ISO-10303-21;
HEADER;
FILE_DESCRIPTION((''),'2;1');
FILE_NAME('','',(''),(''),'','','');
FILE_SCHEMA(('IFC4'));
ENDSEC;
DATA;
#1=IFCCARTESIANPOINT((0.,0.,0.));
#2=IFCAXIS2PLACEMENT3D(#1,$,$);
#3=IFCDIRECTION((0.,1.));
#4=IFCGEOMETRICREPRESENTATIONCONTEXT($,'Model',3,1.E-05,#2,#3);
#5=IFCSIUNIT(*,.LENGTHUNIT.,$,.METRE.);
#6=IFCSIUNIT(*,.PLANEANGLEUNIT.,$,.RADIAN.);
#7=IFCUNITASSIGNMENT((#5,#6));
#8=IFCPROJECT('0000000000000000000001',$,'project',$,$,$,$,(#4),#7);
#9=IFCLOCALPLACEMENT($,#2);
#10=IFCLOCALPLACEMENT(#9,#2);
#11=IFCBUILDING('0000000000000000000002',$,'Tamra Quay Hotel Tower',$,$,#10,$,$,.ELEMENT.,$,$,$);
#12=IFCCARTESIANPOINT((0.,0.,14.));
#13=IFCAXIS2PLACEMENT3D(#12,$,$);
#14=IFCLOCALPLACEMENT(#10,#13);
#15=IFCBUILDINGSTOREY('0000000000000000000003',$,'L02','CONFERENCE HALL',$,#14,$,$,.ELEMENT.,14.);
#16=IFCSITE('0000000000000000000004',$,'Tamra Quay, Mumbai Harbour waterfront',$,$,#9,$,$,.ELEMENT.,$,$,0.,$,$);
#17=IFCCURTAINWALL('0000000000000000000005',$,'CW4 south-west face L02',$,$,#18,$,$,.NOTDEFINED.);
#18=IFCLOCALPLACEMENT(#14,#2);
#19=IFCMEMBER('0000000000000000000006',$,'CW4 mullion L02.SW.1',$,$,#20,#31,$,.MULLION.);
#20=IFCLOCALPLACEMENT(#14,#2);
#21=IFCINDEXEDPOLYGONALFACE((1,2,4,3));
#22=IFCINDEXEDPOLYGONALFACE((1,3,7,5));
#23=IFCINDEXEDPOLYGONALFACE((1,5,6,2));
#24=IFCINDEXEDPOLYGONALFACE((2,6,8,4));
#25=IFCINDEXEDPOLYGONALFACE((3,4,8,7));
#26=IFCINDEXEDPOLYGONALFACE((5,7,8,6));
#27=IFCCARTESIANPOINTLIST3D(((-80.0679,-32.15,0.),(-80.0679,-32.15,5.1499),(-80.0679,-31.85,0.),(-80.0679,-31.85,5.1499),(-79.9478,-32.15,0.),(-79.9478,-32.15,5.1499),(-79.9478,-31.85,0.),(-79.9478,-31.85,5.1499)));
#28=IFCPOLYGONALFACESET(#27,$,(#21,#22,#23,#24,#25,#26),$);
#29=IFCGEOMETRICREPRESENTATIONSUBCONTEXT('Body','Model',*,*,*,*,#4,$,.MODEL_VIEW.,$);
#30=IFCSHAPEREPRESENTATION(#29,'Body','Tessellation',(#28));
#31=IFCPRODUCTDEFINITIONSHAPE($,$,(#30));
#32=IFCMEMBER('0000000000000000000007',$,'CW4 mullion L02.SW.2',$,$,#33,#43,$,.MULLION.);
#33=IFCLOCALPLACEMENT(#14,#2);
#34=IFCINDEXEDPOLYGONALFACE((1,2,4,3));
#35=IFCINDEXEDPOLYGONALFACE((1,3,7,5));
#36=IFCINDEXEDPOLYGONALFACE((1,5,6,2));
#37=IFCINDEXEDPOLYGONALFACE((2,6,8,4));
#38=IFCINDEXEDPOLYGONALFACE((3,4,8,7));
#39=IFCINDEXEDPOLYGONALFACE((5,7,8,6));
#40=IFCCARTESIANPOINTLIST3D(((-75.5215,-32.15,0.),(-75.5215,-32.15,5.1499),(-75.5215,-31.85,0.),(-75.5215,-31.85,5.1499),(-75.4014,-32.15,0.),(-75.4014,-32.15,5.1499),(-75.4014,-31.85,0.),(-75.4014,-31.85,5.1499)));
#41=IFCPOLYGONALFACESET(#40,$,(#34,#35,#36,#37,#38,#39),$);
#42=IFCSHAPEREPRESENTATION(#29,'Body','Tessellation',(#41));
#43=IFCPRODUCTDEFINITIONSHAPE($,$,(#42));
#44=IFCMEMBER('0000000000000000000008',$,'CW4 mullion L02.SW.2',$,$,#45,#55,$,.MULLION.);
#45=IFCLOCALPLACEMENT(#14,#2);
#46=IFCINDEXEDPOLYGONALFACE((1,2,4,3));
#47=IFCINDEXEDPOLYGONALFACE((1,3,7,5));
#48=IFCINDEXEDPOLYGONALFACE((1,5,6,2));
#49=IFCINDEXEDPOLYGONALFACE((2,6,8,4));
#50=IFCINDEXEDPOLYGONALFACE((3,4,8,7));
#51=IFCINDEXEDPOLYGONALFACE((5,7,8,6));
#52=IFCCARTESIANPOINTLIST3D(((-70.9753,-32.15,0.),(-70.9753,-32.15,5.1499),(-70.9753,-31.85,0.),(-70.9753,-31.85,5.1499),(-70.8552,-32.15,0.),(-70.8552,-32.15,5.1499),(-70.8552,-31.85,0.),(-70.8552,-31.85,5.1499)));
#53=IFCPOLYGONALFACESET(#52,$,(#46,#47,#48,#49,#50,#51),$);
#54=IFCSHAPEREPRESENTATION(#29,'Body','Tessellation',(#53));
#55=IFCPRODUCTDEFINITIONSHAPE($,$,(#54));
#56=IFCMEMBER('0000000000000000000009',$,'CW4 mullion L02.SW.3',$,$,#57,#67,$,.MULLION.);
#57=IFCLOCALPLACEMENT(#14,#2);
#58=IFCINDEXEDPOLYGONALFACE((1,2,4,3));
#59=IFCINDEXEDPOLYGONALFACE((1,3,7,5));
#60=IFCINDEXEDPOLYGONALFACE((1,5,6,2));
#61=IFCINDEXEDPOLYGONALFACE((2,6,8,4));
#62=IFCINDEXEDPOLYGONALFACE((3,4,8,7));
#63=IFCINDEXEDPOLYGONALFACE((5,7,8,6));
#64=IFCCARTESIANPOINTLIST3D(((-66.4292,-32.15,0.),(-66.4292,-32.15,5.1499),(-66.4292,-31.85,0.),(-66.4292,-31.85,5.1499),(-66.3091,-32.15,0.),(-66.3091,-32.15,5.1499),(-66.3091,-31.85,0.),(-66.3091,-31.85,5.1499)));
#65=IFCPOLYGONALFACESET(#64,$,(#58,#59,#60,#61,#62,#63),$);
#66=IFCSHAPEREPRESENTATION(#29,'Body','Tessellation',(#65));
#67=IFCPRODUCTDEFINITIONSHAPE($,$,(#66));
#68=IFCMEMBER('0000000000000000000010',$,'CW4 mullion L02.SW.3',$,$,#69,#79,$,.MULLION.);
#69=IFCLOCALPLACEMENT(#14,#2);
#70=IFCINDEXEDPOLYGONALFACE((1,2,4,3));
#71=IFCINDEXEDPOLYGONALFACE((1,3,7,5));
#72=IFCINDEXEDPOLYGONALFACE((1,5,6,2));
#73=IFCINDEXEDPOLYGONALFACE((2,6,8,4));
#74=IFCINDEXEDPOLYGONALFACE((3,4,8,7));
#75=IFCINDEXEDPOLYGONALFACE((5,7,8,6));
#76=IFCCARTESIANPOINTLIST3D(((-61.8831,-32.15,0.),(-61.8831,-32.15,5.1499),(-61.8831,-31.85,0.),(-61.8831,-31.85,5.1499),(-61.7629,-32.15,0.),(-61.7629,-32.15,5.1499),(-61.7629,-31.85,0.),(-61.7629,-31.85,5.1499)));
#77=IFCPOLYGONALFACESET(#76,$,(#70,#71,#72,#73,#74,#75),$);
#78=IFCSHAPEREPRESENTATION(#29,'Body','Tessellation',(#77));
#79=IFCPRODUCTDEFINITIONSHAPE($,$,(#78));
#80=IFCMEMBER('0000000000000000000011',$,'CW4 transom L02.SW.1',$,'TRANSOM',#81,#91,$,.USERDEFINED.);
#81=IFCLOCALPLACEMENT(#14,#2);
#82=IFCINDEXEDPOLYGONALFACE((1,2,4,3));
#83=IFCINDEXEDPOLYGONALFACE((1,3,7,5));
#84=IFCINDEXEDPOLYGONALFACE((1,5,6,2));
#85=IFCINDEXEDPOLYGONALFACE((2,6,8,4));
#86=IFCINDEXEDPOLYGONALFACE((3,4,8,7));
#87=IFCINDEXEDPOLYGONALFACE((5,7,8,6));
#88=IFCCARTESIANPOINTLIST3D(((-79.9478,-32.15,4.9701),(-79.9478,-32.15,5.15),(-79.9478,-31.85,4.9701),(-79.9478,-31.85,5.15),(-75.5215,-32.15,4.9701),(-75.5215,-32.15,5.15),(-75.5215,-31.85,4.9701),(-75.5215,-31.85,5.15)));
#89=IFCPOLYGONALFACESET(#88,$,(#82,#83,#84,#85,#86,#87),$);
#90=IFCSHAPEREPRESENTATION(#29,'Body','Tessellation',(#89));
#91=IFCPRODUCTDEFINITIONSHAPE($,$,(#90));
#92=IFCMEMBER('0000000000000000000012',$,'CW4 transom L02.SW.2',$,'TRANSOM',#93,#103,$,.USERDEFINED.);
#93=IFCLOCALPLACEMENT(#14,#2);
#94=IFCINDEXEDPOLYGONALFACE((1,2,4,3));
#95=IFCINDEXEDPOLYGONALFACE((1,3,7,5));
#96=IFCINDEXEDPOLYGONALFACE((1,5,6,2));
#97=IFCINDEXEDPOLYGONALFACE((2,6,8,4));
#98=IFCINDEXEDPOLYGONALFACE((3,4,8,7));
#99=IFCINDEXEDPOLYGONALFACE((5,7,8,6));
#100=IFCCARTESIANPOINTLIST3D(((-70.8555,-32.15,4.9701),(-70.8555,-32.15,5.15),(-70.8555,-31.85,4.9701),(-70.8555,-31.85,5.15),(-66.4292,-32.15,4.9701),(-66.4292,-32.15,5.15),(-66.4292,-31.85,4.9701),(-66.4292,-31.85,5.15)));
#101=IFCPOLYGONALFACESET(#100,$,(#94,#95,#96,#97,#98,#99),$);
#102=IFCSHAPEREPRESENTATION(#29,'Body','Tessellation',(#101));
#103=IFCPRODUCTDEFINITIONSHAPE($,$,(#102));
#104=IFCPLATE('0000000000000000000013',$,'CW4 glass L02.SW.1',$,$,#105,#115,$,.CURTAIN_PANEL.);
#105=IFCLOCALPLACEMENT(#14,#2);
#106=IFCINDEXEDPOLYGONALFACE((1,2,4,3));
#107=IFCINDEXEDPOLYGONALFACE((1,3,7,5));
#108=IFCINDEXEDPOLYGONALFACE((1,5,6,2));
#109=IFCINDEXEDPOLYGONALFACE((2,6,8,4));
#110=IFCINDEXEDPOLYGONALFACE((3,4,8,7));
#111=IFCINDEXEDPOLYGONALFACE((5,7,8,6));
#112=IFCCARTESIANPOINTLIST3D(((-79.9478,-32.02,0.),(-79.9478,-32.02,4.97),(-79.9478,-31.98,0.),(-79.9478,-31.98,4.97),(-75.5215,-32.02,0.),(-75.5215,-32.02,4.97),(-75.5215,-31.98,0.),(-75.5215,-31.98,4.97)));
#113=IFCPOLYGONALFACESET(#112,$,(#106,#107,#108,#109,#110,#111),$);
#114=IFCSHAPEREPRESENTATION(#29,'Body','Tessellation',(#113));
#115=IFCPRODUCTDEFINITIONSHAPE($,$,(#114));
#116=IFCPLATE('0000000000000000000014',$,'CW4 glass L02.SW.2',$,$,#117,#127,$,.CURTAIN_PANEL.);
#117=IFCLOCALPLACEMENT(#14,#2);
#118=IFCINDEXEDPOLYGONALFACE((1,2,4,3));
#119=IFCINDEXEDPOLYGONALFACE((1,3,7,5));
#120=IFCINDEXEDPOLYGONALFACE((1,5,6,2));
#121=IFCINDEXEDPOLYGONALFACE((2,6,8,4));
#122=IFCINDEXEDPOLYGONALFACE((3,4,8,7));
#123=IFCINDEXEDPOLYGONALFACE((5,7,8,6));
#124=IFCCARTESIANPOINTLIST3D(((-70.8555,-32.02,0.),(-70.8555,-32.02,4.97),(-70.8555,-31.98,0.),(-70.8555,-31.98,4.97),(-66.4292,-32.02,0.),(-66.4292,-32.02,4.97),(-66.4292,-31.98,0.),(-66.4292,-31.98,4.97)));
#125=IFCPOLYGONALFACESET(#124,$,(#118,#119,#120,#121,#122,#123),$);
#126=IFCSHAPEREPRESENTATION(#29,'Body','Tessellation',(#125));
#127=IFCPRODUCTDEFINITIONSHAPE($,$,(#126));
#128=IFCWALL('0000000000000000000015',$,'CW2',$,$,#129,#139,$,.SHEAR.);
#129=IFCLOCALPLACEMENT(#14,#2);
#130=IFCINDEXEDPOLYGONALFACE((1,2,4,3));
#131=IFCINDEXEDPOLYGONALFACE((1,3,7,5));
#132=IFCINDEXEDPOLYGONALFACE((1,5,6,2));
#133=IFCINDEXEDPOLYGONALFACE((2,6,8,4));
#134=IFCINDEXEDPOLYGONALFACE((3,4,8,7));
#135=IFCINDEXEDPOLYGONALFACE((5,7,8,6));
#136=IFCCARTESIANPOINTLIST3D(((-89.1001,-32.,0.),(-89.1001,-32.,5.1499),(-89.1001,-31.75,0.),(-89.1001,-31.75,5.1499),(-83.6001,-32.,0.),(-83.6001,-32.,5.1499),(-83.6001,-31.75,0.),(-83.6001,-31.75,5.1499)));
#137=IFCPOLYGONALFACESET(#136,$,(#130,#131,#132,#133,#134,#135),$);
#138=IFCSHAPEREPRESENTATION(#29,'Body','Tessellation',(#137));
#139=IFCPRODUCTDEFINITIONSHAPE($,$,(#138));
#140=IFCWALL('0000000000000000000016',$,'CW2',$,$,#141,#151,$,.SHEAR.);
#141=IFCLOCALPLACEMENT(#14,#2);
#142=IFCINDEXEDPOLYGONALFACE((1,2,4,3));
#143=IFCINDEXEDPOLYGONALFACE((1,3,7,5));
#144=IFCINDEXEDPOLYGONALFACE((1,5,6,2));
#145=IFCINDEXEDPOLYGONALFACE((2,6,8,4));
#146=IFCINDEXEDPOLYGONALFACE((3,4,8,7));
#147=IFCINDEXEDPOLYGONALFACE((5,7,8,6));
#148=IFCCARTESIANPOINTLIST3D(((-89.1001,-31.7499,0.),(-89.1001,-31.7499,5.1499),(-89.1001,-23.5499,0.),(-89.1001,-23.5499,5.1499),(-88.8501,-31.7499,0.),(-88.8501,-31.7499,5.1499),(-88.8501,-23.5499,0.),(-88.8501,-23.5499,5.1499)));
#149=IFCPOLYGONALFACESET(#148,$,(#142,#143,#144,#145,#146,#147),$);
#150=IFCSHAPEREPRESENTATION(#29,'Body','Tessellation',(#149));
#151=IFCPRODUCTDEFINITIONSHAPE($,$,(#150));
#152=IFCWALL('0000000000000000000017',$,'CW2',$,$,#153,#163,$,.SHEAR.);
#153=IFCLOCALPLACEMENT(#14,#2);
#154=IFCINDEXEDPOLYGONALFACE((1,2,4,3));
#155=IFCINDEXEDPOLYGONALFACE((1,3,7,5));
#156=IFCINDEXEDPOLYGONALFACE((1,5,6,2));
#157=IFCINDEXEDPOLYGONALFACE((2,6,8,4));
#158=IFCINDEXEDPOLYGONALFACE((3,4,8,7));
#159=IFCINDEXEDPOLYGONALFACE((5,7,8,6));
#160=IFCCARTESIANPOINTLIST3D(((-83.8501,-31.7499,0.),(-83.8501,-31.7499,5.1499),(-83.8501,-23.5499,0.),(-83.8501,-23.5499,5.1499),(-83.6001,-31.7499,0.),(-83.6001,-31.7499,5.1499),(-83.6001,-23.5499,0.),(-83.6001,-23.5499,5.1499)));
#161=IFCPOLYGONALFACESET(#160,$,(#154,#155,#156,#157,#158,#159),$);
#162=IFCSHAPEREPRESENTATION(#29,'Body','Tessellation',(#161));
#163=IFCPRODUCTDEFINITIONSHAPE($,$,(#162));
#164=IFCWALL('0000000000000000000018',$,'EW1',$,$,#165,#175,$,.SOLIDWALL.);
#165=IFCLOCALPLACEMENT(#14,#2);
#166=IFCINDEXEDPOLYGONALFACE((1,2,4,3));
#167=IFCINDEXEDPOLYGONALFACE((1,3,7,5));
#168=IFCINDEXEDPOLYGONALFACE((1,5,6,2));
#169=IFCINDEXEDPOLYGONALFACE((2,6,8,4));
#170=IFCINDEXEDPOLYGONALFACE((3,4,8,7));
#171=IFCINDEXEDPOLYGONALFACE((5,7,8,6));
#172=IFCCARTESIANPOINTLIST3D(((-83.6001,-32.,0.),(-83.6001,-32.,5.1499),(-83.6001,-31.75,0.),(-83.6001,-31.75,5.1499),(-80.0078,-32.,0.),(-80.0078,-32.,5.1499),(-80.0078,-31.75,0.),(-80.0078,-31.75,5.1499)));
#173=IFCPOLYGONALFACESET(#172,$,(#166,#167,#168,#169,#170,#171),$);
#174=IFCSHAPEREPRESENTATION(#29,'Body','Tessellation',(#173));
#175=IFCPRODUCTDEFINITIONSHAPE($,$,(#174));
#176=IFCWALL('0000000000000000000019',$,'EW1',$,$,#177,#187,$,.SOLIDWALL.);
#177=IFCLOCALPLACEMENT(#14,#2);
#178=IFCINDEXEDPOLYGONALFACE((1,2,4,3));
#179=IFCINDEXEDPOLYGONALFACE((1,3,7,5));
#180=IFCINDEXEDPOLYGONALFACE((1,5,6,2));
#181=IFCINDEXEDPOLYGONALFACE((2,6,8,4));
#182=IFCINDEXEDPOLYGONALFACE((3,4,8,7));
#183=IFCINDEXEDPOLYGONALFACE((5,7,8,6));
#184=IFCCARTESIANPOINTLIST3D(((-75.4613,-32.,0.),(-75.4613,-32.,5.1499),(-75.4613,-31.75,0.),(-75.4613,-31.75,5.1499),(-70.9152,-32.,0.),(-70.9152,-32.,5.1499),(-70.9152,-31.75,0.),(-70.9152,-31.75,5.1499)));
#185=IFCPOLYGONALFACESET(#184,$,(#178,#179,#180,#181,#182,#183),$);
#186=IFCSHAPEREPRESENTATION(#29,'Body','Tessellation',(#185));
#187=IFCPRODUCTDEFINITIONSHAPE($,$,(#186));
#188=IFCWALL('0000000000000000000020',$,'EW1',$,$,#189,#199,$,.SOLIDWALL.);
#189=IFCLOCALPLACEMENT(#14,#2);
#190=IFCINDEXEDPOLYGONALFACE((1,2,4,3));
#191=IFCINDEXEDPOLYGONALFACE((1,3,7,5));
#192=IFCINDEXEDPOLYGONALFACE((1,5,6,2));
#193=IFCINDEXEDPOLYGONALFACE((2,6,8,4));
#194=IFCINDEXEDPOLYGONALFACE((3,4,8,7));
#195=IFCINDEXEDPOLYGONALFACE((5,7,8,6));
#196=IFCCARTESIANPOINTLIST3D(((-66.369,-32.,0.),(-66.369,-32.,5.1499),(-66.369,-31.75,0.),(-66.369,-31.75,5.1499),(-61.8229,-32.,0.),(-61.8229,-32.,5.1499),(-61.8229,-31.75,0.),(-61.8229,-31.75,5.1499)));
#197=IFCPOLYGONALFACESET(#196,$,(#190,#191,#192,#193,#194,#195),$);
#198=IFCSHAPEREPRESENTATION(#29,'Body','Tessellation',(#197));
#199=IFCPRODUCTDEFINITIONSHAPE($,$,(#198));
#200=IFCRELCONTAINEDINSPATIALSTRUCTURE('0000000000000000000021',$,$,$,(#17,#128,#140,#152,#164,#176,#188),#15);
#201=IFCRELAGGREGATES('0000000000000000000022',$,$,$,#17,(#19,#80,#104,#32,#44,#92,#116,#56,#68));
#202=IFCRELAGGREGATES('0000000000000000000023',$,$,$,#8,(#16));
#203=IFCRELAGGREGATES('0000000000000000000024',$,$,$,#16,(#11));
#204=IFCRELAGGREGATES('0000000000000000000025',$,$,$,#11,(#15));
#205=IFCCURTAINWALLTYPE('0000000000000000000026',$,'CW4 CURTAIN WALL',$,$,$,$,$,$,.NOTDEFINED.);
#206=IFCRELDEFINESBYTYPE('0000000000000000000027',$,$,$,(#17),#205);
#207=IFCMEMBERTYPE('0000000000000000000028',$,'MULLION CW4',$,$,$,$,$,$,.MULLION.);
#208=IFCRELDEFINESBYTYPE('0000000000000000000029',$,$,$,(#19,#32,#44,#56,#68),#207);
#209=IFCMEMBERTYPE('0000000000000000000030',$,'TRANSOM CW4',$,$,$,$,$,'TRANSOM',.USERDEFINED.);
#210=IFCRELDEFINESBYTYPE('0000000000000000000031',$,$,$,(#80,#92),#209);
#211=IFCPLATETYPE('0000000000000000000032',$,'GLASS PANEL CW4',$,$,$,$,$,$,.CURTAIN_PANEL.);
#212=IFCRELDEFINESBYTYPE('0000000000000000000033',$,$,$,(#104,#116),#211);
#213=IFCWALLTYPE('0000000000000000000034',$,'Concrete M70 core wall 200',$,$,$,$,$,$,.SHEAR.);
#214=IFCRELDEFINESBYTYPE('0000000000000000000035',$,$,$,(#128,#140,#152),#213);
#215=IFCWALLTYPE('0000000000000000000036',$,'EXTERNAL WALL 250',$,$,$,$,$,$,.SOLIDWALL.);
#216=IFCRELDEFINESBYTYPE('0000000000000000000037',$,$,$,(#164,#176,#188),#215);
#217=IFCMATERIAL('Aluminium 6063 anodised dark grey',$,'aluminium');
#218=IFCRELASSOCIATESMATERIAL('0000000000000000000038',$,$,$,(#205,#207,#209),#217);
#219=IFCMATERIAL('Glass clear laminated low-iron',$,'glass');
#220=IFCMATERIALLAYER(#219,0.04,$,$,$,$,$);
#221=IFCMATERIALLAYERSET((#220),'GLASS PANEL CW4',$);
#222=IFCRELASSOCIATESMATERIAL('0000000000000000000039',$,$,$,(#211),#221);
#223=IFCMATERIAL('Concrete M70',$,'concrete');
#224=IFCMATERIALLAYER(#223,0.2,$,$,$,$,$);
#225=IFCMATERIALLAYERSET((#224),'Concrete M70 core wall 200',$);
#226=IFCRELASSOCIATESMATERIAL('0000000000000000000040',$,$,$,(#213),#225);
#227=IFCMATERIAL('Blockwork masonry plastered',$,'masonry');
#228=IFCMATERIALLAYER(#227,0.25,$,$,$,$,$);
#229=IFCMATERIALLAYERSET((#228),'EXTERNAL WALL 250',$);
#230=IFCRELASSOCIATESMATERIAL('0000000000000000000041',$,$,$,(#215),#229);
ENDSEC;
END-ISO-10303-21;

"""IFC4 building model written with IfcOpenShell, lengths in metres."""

from ifc_helpers import new_model, si_unit, direction, frame, frame_2d, origin, origin_2d, place, context, subcontext, project, spatial, rectangle, extrude, material, layer, layer_set, material_profile, profile_set, type_object, element, aggregate, save


model = new_model("IFC4")

# Units and contexts
model_context = context("Model", 3, precision=1e-05, world=origin(), true_north=direction((0.0, 1.0)))
body_context = subcontext(model_context, "Body", "Model", "MODEL_VIEW")
ifc_project = project(units=[si_unit("LENGTHUNIT", "METRE"), si_unit("PLANEANGLEUNIT", "RADIAN")], contexts=[model_context])

# Site, building, storey
site_placement = place(None, origin())
site = spatial("IfcSite", under=ifc_project, at=site_placement, Name="Tamra Quay, Mumbai Harbour waterfront", CompositionType="ELEMENT", RefElevation=0.0)
building_placement = place(site_placement, origin())
building = spatial("IfcBuilding", under=site, at=building_placement, Name="Tamra Quay Hotel Tower", CompositionType="ELEMENT")
storey_placement = place(building_placement, frame((0.0, 0.0, 14.0)))
storey = spatial("IfcBuildingStorey", under=building, at=storey_placement, Name="L02", Description="CONFERENCE HALL", CompositionType="ELEMENT", Elevation=14.0)

# Curtain wall, members, plates
ifc_material_1 = material(Name="Aluminium 6063 anodised dark grey", Category="aluminium")
curtain_wall_type = type_object("IfcCurtainWallType", Name="CW4 CURTAIN WALL", PredefinedType="NOTDEFINED", material=ifc_material_1)
curtain_wall_placement = place(storey_placement, origin())
curtain_wall = element("IfcCurtainWall", 1, at=curtain_wall_placement, inside=storey, type_object=curtain_wall_type, Name="CW4 south-west face L02", PredefinedType="NOTDEFINED")
ifc_material_profile_1 = material_profile(ifc_material_1, rectangle(XDim=0.3, YDim=0.1201, at=origin_2d()), Name="MULLION 120X300")
ifc_profile_set_1 = profile_set([ifc_material_profile_1], Name="Aluminium 6063 anodised dark grey")
member_type_1 = type_object("IfcMemberType", Name="MULLION CW4", PredefinedType="MULLION", material=ifc_profile_set_1)
member_1_placement = place(storey_placement, frame((-80.0078, -32.0, 0.0), z_axis=(0.0, 0.0, 1.0), x_axis=(0.0, -1.0, 0.0)))
member_1 = element("IfcMember", 2, at=member_1_placement, type_object=member_type_1, Name="CW4 mullion L02.SW.1", PredefinedType="MULLION", context=body_context, shape_type="SweptSolid", body=[
    extrude(rectangle(XDim=0.3, YDim=0.1201, at=origin_2d()), origin(), (0.0, 0.0, 1.0), 5.1499),
])
member_2_placement = place(storey_placement, frame((-75.4614, -32.0, 0.0), z_axis=(0.0, 0.0, 1.0), x_axis=(0.0, -1.0, 0.0)))
member_2 = element("IfcMember", 3, at=member_2_placement, type_object=member_type_1, Name="CW4 mullion L02.SW.2", PredefinedType="MULLION", context=body_context, shape_type="SweptSolid", body=[
    extrude(rectangle(XDim=0.3, YDim=0.1201, at=origin_2d()), origin(), (0.0, 0.0, 1.0), 5.1499),
])
member_3_placement = place(storey_placement, frame((-70.9153, -32.0, 0.0), z_axis=(0.0, 0.0, 1.0), x_axis=(0.0, -1.0, 0.0)))
member_3 = element("IfcMember", 4, at=member_3_placement, type_object=member_type_1, Name="CW4 mullion L02.SW.2", PredefinedType="MULLION", context=body_context, shape_type="SweptSolid", body=[
    extrude(rectangle(XDim=0.3, YDim=0.1201, at=origin_2d()), origin(), (0.0, 0.0, 1.0), 5.1499),
])
member_4_placement = place(storey_placement, frame((-66.3691, -32.0, 0.0), z_axis=(0.0, 0.0, 1.0), x_axis=(0.0, -1.0, 0.0)))
member_4 = element("IfcMember", 5, at=member_4_placement, type_object=member_type_1, Name="CW4 mullion L02.SW.3", PredefinedType="MULLION", context=body_context, shape_type="SweptSolid", body=[
    extrude(rectangle(XDim=0.3, YDim=0.1201, at=origin_2d()), origin(), (0.0, 0.0, 1.0), 5.1499),
])
member_5_placement = place(storey_placement, frame((-61.823, -32.0, 0.0), z_axis=(0.0, 0.0, 1.0), x_axis=(0.0, -1.0, 0.0)))
member_5 = element("IfcMember", 6, at=member_5_placement, type_object=member_type_1, Name="CW4 mullion L02.SW.3", PredefinedType="MULLION", context=body_context, shape_type="SweptSolid", body=[
    extrude(rectangle(XDim=0.3, YDim=0.1201, at=origin_2d()), origin(), (0.0, 0.0, 1.0), 5.1499),
])
ifc_material_profile_2 = material_profile(ifc_material_1, rectangle(XDim=0.3, YDim=0.1799, at=origin_2d()), Name="TRANSOM 300X180")
ifc_profile_set_2 = profile_set([ifc_material_profile_2], Name="Aluminium 6063 anodised dark grey")
member_type_2 = type_object("IfcMemberType", Name="TRANSOM CW4", ElementType="TRANSOM", PredefinedType="USERDEFINED", material=ifc_profile_set_2)
member_6_placement = place(storey_placement, frame((-79.9478, -32.0, 5.0601), z_axis=(1.0, 0.0, 0.0), x_axis=(0.0, 1.0, 0.0)))
member_6 = element("IfcMember", 7, at=member_6_placement, type_object=member_type_2, Name="CW4 transom L02.SW.1", ObjectType="TRANSOM", PredefinedType="USERDEFINED", context=body_context, shape_type="SweptSolid", body=[
    extrude(rectangle(XDim=0.3, YDim=0.1799, at=origin_2d()), origin(), (0.0, 0.0, 1.0), 4.4263),
])
member_7_placement = place(storey_placement, frame((-70.8555, -32.0, 5.0601), z_axis=(1.0, 0.0, 0.0), x_axis=(0.0, 1.0, 0.0)))
member_7 = element("IfcMember", 8, at=member_7_placement, type_object=member_type_2, Name="CW4 transom L02.SW.2", ObjectType="TRANSOM", PredefinedType="USERDEFINED", context=body_context, shape_type="SweptSolid", body=[
    extrude(rectangle(XDim=0.3, YDim=0.1799, at=origin_2d()), origin(), (0.0, 0.0, 1.0), 4.4263),
])
ifc_material_2 = material(Name="Glass clear laminated low-iron", Category="glass")
ifc_layer_1 = layer(ifc_material_2, 0.04)
ifc_layer_set_1 = layer_set([ifc_layer_1], Name="GLASS PANEL CW4")
plate_type = type_object("IfcPlateType", Name="GLASS PANEL CW4", PredefinedType="CURTAIN_PANEL", material=ifc_layer_set_1)
plate_1_placement = place(storey_placement, frame((-77.7346, -32.0, 0.0), z_axis=(0.0, 0.0, 1.0), x_axis=(1.0, 0.0, 0.0)))
plate_1 = element("IfcPlate", 9, at=plate_1_placement, type_object=plate_type, Name="CW4 glass L02.SW.1", PredefinedType="CURTAIN_PANEL", context=body_context, shape_type="SweptSolid", body=[
    extrude(rectangle(XDim=4.4263, YDim=0.04, at=origin_2d()), origin(), (0.0, 0.0, 1.0), 4.97),
])
plate_2_placement = place(storey_placement, frame((-68.6423, -32.0, 0.0), z_axis=(0.0, 0.0, 1.0), x_axis=(1.0, 0.0, 0.0)))
plate_2 = element("IfcPlate", 10, at=plate_2_placement, type_object=plate_type, Name="CW4 glass L02.SW.2", PredefinedType="CURTAIN_PANEL", context=body_context, shape_type="SweptSolid", body=[
    extrude(rectangle(XDim=4.4263, YDim=0.04, at=origin_2d()), origin(), (0.0, 0.0, 1.0), 4.97),
])
aggregate(curtain_wall, [member_1, member_6, plate_1, member_2, member_3, member_7, plate_2, member_4, member_5])

# Walls
ifc_material_3 = material(Name="Concrete M70", Category="concrete")
ifc_layer_2 = layer(ifc_material_3, 0.2)
ifc_layer_set_2 = layer_set([ifc_layer_2], Name="Concrete M70 core wall 200")
wall_type_1 = type_object("IfcWallType", Name="Concrete M70 core wall 200", PredefinedType="SHEAR", material=ifc_layer_set_2)
wall_1_placement = place(storey_placement, frame((-89.1001, -31.875, 0.0), z_axis=(0.0, 0.0, 1.0), x_axis=(1.0, 0.0, 0.0)))
element("IfcWall", 11, at=wall_1_placement, inside=storey, type_object=wall_type_1, Name="CW2", PredefinedType="SHEAR", context=body_context, shape_type="SweptSolid", body=[
    extrude(rectangle(XDim=5.5, YDim=0.25, at=frame_2d((2.75, 0.0))), origin(), (0.0, 0.0, 1.0), 5.1499),
])
for number, where, z_axis, x_axis, name in (
    (12, (-88.9751, -31.75, 0.0), (0.0, 0.0, 1.0), (0.0, 1.0, 0.0), "CW2"),
    (13, (-83.7251, -31.75, 0.0), (0.0, 0.0, 1.0), (0.0, 1.0, 0.0), "CW2"),
):
    element("IfcWall", number, at=place(storey_placement, frame(where, z_axis=z_axis, x_axis=x_axis)), inside=storey, type_object=wall_type_1, Name=name, PredefinedType="SHEAR", context=body_context, shape_type="SweptSolid", body=[
        extrude(rectangle(XDim=8.2, YDim=0.25, at=frame_2d((4.1001, 0.0))), origin(), (0.0, 0.0, 1.0), 5.1499),
    ])
ifc_material_4 = material(Name="Blockwork masonry plastered", Category="masonry")
ifc_layer_3 = layer(ifc_material_4, 0.25)
ifc_layer_set_3 = layer_set([ifc_layer_3], Name="EXTERNAL WALL 250")
wall_type_2 = type_object("IfcWallType", Name="EXTERNAL WALL 250", PredefinedType="SOLIDWALL", material=ifc_layer_set_3)
wall_2_placement = place(storey_placement, frame((-80.0078, -31.875, 0.0), z_axis=(0.0, 0.0, 1.0), x_axis=(-1.0, 0.0, 0.0)))
element("IfcWall", 14, at=wall_2_placement, inside=storey, type_object=wall_type_2, Name="EW1", PredefinedType="SOLIDWALL", context=body_context, shape_type="SweptSolid", body=[
    extrude(rectangle(XDim=3.5923, YDim=0.25, at=frame_2d((1.7961, 0.0))), origin(), (0.0, 0.0, 1.0), 5.1499),
])
for number, where, z_axis, x_axis, name in (
    (15, (-70.9153, -31.875, 0.0), (0.0, 0.0, 1.0), (-1.0, 0.0, 0.0), "EW1"),
    (16, (-61.823, -31.875, 0.0), (0.0, 0.0, 1.0), (-1.0, 0.0, 0.0), "EW1"),
):
    element("IfcWall", number, at=place(storey_placement, frame(where, z_axis=z_axis, x_axis=x_axis)), inside=storey, type_object=wall_type_2, Name=name, PredefinedType="SOLIDWALL", context=body_context, shape_type="SweptSolid", body=[
        extrude(rectangle(XDim=4.5461, YDim=0.25, at=frame_2d((2.2729, 0.0))), origin(), (0.0, 0.0, 1.0), 5.1499),
    ])

save(model, "model.ifc")
